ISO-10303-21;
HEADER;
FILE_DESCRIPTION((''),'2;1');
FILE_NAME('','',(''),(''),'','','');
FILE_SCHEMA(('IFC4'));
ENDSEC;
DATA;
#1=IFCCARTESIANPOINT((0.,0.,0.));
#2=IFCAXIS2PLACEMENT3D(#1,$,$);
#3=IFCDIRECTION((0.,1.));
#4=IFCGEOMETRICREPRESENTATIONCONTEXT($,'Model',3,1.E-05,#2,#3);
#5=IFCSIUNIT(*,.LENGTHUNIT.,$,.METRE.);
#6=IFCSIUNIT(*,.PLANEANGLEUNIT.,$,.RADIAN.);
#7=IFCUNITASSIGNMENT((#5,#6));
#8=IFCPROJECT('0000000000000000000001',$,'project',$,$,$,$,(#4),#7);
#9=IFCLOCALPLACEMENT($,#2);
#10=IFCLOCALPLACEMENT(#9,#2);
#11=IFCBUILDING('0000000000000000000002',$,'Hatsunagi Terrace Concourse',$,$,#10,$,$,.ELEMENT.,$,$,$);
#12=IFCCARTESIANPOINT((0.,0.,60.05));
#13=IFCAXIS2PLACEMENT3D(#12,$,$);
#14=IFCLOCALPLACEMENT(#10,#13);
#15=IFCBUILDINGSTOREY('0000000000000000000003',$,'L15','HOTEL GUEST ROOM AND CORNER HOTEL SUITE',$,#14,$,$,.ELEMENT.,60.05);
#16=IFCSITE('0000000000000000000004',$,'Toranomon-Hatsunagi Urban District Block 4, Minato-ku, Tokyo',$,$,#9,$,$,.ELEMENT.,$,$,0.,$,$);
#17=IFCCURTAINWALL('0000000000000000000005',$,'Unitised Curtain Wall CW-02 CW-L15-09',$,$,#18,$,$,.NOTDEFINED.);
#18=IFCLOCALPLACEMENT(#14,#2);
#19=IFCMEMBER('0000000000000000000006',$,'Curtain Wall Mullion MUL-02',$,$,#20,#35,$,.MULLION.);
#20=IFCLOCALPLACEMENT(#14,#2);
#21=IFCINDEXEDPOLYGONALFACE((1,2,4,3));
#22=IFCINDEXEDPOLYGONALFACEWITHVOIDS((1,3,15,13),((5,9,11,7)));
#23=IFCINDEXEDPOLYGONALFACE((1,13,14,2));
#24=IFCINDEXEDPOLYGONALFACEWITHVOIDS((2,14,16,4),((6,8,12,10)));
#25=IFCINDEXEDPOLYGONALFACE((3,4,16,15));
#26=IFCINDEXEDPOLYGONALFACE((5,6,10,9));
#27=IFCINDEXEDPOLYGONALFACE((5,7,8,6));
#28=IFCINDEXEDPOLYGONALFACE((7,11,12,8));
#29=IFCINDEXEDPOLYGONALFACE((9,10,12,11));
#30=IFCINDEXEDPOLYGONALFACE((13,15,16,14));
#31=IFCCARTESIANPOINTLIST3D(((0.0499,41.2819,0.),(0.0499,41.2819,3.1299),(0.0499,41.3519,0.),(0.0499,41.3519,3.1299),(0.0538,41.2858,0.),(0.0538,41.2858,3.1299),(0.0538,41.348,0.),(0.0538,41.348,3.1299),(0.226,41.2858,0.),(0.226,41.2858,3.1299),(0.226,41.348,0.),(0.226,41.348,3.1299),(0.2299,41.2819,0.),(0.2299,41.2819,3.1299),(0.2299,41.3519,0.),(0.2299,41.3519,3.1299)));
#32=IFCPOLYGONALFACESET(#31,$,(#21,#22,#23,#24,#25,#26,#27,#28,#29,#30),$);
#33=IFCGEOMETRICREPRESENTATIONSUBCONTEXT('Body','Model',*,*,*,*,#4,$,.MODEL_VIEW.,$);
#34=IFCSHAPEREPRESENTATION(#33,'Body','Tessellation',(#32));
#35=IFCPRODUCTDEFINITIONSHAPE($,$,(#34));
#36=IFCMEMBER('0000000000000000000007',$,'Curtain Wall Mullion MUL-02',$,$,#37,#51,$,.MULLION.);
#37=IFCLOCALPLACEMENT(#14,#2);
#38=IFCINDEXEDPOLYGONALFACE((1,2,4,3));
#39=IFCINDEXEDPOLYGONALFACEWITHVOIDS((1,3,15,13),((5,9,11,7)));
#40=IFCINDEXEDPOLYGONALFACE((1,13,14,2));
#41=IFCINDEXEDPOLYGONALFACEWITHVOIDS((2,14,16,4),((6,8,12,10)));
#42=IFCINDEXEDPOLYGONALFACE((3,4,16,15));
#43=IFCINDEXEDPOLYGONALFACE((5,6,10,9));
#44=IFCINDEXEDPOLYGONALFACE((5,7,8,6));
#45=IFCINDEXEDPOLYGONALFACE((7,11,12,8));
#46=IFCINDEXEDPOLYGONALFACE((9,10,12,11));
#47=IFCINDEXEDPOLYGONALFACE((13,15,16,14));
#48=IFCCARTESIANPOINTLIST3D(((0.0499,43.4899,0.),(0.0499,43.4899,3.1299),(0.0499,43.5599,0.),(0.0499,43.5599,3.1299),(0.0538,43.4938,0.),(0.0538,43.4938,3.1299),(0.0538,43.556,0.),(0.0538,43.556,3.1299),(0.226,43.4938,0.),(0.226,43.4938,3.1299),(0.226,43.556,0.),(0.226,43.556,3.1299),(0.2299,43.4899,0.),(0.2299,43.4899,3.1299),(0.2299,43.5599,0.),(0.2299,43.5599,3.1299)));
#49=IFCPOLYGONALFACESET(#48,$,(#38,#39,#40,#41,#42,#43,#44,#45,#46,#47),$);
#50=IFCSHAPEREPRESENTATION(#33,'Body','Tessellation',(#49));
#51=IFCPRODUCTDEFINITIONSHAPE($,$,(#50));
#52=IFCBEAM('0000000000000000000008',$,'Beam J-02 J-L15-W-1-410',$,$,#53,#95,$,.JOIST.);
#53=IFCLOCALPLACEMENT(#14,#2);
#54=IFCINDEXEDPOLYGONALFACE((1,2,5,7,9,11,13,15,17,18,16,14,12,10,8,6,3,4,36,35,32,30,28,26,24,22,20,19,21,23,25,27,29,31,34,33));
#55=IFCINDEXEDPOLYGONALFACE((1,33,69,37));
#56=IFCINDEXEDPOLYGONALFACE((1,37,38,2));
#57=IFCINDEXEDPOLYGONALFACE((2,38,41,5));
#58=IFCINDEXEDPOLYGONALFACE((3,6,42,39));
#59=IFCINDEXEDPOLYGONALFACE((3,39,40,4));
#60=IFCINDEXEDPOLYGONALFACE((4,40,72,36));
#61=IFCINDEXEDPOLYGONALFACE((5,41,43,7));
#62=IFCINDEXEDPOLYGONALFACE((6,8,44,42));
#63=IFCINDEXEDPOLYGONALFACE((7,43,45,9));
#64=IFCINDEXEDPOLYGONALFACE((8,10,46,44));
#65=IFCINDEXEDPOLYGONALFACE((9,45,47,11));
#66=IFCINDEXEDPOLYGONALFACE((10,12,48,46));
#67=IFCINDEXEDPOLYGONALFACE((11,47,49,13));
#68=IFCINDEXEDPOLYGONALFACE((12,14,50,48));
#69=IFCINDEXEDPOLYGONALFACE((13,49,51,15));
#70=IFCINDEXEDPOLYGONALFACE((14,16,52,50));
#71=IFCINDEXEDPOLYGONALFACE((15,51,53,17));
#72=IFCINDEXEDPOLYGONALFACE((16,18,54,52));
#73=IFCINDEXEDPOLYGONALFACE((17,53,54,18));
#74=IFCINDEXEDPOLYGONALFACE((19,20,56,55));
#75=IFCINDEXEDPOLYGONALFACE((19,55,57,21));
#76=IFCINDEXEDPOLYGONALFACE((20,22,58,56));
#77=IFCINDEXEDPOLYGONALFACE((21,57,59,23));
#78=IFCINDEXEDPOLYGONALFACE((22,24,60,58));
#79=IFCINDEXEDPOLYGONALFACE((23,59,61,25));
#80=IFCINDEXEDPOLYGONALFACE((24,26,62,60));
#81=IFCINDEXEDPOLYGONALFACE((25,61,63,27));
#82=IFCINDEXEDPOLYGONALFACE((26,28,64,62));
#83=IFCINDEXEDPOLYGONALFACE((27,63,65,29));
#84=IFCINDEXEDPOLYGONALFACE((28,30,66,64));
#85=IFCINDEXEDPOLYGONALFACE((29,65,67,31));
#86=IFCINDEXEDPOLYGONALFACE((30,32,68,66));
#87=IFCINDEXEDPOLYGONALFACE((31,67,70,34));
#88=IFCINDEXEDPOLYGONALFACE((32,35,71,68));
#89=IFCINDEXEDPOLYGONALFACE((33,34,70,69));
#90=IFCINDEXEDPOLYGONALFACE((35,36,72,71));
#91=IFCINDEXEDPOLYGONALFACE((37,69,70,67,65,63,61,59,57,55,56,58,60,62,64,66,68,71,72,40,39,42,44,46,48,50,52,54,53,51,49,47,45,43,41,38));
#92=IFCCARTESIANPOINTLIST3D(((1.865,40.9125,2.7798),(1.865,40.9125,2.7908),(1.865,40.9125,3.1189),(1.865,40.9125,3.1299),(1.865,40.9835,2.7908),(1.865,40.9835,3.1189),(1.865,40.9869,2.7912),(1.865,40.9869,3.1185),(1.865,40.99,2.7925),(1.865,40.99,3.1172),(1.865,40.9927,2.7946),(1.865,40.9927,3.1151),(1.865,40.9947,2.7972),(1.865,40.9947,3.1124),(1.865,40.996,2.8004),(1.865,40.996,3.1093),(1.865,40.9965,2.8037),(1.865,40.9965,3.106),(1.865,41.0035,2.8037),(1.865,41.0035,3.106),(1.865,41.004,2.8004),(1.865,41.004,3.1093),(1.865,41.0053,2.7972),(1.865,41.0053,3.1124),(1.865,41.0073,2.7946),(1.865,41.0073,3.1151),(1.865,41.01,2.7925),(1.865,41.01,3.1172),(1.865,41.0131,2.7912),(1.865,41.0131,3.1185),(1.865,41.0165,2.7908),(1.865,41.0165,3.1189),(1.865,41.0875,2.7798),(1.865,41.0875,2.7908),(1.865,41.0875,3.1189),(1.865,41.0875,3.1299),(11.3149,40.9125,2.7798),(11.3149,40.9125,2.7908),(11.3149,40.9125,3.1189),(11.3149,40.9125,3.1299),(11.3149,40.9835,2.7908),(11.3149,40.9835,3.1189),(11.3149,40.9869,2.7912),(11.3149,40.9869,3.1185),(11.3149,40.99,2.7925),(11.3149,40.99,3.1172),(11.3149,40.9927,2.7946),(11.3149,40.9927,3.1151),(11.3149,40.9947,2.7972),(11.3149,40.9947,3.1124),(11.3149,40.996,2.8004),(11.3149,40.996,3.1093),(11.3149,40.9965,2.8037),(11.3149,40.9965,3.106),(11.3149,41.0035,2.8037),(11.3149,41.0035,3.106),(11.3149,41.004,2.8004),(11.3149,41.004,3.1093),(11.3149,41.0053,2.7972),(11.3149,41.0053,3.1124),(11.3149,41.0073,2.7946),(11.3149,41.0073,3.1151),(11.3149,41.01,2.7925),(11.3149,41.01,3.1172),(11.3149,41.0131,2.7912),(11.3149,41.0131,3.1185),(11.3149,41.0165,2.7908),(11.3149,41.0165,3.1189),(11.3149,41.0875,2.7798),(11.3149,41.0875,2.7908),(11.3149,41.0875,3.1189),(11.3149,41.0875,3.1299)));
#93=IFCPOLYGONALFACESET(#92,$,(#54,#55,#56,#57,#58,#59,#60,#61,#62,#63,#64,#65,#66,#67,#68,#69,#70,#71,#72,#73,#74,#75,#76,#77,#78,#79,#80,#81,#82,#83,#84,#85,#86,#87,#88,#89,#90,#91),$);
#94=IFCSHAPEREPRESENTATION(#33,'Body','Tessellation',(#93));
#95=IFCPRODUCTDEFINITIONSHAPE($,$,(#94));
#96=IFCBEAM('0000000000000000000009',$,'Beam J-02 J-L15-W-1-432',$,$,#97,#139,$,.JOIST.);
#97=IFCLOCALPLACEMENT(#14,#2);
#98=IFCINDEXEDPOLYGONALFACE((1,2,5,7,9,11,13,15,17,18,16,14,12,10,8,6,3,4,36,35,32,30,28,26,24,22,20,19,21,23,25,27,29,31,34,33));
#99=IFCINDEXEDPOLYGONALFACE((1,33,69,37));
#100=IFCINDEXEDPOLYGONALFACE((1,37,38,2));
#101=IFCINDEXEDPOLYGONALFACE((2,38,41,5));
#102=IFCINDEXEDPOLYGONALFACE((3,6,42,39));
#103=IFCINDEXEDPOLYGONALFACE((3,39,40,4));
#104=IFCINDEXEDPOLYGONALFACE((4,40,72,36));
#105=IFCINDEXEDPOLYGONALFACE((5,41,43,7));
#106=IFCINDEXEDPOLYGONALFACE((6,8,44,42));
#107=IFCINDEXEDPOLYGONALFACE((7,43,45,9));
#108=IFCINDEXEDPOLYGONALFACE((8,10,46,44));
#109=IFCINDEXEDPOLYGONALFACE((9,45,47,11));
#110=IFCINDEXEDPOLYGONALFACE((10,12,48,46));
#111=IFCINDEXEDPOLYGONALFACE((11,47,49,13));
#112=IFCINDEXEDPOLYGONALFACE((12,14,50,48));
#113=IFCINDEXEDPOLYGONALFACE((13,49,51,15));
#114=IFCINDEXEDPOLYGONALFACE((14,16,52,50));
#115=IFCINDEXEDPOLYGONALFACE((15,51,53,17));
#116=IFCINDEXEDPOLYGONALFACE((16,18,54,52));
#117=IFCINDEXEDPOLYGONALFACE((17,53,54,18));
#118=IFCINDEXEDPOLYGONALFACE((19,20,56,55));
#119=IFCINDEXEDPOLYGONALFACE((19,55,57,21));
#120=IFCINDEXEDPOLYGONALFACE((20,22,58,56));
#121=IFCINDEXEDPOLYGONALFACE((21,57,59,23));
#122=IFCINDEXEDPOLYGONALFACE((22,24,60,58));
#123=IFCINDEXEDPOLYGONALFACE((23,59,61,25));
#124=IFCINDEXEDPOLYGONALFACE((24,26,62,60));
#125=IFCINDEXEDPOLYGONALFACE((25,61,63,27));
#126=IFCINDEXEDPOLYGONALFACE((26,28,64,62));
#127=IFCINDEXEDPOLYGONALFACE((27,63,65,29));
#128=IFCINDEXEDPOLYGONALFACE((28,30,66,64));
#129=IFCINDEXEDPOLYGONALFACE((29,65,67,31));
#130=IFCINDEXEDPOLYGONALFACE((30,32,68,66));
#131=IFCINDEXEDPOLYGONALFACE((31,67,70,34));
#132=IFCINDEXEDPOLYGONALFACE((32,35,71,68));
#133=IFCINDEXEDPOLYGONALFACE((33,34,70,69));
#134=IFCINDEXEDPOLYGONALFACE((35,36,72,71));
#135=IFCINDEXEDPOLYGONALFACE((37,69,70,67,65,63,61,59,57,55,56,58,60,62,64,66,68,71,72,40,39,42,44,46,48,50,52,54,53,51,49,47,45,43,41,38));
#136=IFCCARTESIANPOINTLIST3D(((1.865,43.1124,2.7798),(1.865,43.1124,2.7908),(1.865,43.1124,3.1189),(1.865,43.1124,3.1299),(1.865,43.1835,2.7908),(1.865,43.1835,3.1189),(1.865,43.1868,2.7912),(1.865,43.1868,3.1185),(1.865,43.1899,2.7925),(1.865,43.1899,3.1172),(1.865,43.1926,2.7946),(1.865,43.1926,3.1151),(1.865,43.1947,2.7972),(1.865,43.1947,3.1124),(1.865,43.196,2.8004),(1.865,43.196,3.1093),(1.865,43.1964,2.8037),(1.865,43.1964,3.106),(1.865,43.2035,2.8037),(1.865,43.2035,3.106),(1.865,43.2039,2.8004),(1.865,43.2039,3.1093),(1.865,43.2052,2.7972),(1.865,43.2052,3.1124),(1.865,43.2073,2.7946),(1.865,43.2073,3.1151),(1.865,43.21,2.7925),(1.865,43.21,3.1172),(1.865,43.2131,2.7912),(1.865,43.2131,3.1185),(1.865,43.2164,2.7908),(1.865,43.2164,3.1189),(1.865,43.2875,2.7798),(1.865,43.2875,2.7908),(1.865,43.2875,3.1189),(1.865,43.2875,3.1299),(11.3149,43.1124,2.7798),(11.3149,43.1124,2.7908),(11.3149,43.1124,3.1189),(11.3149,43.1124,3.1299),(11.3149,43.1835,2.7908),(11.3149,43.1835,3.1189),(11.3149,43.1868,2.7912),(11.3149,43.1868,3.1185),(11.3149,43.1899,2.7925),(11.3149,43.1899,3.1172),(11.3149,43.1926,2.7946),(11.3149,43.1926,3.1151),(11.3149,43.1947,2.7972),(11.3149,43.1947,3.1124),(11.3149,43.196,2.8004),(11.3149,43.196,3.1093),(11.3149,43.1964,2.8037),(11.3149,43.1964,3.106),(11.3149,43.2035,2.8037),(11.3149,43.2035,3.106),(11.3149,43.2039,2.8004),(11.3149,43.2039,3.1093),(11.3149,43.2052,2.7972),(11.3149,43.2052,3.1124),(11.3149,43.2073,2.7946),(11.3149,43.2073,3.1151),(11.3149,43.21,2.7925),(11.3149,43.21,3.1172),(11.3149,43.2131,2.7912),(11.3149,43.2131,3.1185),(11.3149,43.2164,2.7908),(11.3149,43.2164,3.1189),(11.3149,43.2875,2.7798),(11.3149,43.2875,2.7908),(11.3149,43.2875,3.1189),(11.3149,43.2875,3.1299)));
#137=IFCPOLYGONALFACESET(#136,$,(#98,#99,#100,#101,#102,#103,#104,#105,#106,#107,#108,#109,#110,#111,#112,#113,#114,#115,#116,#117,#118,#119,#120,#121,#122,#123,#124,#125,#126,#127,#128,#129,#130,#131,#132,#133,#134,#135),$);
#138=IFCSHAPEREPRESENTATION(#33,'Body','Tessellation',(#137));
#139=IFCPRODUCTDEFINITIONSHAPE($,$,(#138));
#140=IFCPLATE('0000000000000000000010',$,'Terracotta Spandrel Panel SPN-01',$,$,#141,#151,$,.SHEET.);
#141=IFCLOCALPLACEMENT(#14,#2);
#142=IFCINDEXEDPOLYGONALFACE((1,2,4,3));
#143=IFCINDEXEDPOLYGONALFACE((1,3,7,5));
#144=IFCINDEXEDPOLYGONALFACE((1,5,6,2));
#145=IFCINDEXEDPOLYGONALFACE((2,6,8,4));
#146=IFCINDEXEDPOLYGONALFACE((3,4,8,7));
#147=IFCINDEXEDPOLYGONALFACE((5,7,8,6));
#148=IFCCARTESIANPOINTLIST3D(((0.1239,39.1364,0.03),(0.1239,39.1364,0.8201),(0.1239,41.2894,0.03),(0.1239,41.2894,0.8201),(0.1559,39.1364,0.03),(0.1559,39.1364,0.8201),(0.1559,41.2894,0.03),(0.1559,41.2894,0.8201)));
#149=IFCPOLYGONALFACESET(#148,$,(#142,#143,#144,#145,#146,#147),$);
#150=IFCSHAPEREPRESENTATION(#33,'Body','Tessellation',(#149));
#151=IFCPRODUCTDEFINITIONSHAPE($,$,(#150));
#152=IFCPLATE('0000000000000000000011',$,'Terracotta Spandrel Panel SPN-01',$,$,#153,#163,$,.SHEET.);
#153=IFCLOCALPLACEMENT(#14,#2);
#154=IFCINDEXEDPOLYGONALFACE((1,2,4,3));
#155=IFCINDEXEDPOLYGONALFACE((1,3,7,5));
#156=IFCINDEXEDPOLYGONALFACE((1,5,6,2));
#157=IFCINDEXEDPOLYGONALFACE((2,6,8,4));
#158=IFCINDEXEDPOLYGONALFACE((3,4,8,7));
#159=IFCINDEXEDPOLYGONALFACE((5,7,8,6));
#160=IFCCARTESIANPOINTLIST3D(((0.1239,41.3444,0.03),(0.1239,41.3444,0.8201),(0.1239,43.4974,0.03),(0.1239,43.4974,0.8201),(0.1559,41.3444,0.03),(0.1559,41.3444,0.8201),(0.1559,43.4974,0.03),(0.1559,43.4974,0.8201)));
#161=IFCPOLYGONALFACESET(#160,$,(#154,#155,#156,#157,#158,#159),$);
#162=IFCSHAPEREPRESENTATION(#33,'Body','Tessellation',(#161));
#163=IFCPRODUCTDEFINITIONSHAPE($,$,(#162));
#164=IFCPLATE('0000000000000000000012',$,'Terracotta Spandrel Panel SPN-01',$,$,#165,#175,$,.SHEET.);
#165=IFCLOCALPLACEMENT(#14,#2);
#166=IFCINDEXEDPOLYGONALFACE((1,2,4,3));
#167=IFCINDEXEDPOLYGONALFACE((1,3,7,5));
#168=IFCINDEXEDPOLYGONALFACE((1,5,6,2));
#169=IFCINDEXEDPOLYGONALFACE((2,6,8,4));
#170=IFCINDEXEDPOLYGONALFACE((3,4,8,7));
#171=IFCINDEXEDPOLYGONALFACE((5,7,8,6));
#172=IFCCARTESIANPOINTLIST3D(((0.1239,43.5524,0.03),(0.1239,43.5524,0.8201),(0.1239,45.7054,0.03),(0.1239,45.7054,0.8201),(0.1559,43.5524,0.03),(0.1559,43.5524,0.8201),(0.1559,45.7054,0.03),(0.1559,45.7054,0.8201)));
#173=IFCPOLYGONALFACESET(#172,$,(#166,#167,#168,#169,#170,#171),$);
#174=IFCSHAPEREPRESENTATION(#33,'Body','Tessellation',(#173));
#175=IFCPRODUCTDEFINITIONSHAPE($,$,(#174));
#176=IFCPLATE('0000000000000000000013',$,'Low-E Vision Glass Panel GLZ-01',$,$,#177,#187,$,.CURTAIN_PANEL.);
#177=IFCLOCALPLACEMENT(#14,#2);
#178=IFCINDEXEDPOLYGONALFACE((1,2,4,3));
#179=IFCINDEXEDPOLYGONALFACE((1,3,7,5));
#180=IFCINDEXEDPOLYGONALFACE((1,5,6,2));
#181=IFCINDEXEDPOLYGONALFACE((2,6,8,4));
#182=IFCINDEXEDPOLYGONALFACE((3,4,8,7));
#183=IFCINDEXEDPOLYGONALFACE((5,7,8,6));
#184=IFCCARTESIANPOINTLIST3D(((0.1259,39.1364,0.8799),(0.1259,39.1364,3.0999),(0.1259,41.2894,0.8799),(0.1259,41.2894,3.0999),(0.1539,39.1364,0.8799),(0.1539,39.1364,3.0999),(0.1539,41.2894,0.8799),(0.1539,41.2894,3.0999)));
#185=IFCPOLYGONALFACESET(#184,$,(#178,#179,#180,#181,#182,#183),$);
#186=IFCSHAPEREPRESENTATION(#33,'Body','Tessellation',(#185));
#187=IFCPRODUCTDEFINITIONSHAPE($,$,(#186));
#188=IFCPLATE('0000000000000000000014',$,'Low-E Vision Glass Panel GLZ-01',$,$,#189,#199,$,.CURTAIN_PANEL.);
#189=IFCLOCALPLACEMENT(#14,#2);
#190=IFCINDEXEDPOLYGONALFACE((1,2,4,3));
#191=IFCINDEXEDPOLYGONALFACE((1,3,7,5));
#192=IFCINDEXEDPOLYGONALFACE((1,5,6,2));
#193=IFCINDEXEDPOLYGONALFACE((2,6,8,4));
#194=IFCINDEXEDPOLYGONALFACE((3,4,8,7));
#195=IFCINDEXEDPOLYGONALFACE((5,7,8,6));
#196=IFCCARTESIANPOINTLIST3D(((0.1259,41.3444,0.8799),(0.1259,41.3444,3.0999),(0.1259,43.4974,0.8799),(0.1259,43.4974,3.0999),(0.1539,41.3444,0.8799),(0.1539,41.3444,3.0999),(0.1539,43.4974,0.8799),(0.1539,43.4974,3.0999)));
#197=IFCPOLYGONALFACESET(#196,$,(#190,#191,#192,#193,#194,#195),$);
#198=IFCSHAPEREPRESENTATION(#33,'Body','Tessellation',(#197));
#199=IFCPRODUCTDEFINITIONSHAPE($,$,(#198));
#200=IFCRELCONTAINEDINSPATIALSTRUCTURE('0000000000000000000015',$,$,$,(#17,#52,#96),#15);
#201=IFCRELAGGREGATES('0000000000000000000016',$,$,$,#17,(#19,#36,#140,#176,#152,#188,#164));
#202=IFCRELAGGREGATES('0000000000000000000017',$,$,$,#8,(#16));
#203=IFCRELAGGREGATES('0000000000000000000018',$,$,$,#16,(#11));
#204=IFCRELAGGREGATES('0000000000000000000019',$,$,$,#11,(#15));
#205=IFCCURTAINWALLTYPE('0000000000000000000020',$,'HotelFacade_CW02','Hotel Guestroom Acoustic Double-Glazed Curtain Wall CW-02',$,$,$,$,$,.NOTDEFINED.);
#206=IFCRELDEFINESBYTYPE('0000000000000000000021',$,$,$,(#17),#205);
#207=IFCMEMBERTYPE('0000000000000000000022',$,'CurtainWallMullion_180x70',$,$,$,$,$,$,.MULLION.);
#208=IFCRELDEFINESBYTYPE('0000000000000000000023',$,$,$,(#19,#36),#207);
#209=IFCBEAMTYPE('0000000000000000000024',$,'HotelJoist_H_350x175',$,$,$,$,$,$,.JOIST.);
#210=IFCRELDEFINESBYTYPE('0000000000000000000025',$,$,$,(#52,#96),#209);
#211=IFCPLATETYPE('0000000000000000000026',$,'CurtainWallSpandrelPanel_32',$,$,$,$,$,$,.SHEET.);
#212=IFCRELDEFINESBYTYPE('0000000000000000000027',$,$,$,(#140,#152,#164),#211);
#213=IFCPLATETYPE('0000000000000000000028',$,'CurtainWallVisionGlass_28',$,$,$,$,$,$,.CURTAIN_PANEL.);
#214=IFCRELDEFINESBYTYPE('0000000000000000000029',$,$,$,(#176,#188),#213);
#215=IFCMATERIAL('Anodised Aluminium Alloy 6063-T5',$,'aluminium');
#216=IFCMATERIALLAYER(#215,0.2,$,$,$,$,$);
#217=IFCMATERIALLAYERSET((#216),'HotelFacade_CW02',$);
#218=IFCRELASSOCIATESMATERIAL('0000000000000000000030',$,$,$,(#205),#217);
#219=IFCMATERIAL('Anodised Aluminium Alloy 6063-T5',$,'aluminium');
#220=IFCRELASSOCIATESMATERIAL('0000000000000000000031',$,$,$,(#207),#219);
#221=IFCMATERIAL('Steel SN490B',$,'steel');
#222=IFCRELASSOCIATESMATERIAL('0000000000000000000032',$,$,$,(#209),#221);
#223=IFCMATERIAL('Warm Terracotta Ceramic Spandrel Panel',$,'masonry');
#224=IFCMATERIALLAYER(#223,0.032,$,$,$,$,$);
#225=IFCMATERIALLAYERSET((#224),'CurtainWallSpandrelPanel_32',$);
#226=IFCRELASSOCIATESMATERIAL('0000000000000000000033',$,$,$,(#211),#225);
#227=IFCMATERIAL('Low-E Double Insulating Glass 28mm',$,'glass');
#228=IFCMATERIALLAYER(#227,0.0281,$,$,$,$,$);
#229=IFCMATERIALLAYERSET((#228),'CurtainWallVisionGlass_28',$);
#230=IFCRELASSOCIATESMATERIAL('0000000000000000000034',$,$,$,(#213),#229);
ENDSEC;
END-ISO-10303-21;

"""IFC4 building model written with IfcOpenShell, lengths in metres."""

from ifc_helpers import new_model, si_unit, direction, frame, origin, origin_2d, place, context, subcontext, project, spatial, rectangle, hollow_rectangle, i_section, extrude, material, layer, layer_set, material_profile, profile_set, type_object, element, aggregate, save


model = new_model("IFC4")

# Units and contexts
model_context = context("Model", 3, precision=1e-05, world=origin(), true_north=direction((0.0, 1.0)))
body_context = subcontext(model_context, "Body", "Model", "MODEL_VIEW")
ifc_project = project(units=[si_unit("LENGTHUNIT", "METRE"), si_unit("PLANEANGLEUNIT", "RADIAN")], contexts=[model_context])

# Site, building, storey
site_placement = place(None, origin())
site = spatial("IfcSite", under=ifc_project, at=site_placement, Name="Toranomon-Hatsunagi Urban District Block 4, Minato-ku, Tokyo", CompositionType="ELEMENT", RefElevation=0.0)
building_placement = place(site_placement, origin())
building = spatial("IfcBuilding", under=site, at=building_placement, Name="Hatsunagi Terrace Concourse", CompositionType="ELEMENT")
storey_placement = place(building_placement, frame((0.0, 0.0, 60.05)))
storey = spatial("IfcBuildingStorey", under=building, at=storey_placement, Name="L15", Description="HOTEL GUEST ROOM AND CORNER HOTEL SUITE", CompositionType="ELEMENT", Elevation=60.05)

# Curtain wall, members
ifc_material_1 = material(Name="Anodised Aluminium Alloy 6063-T5", Category="aluminium")
ifc_layer_1 = layer(ifc_material_1, 0.2)
ifc_layer_set_1 = layer_set([ifc_layer_1], Name="HotelFacade_CW02")
curtain_wall_type = type_object("IfcCurtainWallType", Name="HotelFacade_CW02", Description="Hotel Guestroom Acoustic Double-Glazed Curtain Wall CW-02", PredefinedType="NOTDEFINED", material=ifc_layer_set_1)
curtain_wall_placement = place(storey_placement, origin())
curtain_wall = element("IfcCurtainWall", 1, at=curtain_wall_placement, inside=storey, type_object=curtain_wall_type, Name="Unitised Curtain Wall CW-02 CW-L15-09", PredefinedType="NOTDEFINED")
ifc_material_2 = material(Name="Anodised Aluminium Alloy 6063-T5", Category="aluminium")
ifc_material_profile_1 = material_profile(ifc_material_2, hollow_rectangle(XDim=0.0701, YDim=0.1799, WallThickness=0.0039, at=origin_2d()), Name="ALU-MUL-180x70x4")
ifc_profile_set_1 = profile_set([ifc_material_profile_1], Name="Anodised Aluminium Alloy 6063-T5")
member_type = type_object("IfcMemberType", Name="CurtainWallMullion_180x70", PredefinedType="MULLION", material=ifc_profile_set_1)
member_1_placement = place(storey_placement, frame((0.1399, 41.3169, 0.0), z_axis=(0.0, 0.0, 1.0), x_axis=(0.0, 1.0, 0.0)))
member_1 = element("IfcMember", 2, at=member_1_placement, type_object=member_type, Name="Curtain Wall Mullion MUL-02", PredefinedType="MULLION", context=body_context, shape_type="SweptSolid", body=[
    extrude(hollow_rectangle(XDim=0.0701, YDim=0.1799, WallThickness=0.0039, at=origin_2d()), origin(), (0.0, 0.0, 1.0), 3.1299),
])
member_2_placement = place(storey_placement, frame((0.1399, 43.5249, 0.0), z_axis=(0.0, 0.0, 1.0), x_axis=(0.0, 1.0, 0.0)))
member_2 = element("IfcMember", 3, at=member_2_placement, type_object=member_type, Name="Curtain Wall Mullion MUL-02", PredefinedType="MULLION", context=body_context, shape_type="SweptSolid", body=[
    extrude(hollow_rectangle(XDim=0.0701, YDim=0.1799, WallThickness=0.0039, at=origin_2d()), origin(), (0.0, 0.0, 1.0), 3.1299),
])

# Beams
ifc_material_3 = material(Name="Steel SN490B", Category="steel")
ifc_material_profile_2 = material_profile(ifc_material_3, i_section(OverallWidth=0.175, OverallDepth=0.3501, WebThickness=0.0071, FlangeThickness=0.011, FilletRadius=0.0129, at=origin_2d()), Name="H-350x175x7x11")
ifc_profile_set_2 = profile_set([ifc_material_profile_2], Name="Steel SN490B")
beam_type = type_object("IfcBeamType", Name="HotelJoist_H_350x175", PredefinedType="JOIST", material=ifc_profile_set_2)
for number, where, z_axis, x_axis, name in (
    (4, (1.865, 41.0, 2.9548), (1.0, 0.0, 0.0), (0.0, 1.0, 0.0), "Beam J-02 J-L15-W-1-410"),
    (5, (1.865, 43.2, 2.9548), (1.0, 0.0, 0.0), (0.0, 1.0, 0.0), "Beam J-02 J-L15-W-1-432"),
):
    element("IfcBeam", number, at=place(storey_placement, frame(where, z_axis=z_axis, x_axis=x_axis)), inside=storey, type_object=beam_type, Name=name, PredefinedType="JOIST", context=body_context, shape_type="SweptSolid", body=[
        extrude(i_section(OverallWidth=0.175, OverallDepth=0.3501, WebThickness=0.0071, FlangeThickness=0.011, FilletRadius=0.0129, at=origin_2d()), origin(), (0.0, 0.0, 1.0), 9.45),
    ])

# Plates
ifc_material_4 = material(Name="Warm Terracotta Ceramic Spandrel Panel", Category="masonry")
ifc_layer_2 = layer(ifc_material_4, 0.032)
ifc_layer_set_2 = layer_set([ifc_layer_2], Name="CurtainWallSpandrelPanel_32")
plate_type_1 = type_object("IfcPlateType", Name="CurtainWallSpandrelPanel_32", PredefinedType="SHEET", material=ifc_layer_set_2)
plate_1_placement = place(storey_placement, frame((0.1399, 40.2129, 0.03), z_axis=(0.0, 0.0, 1.0), x_axis=(0.0, 1.0, 0.0)))
plate_1 = element("IfcPlate", 6, at=plate_1_placement, type_object=plate_type_1, Name="Terracotta Spandrel Panel SPN-01", PredefinedType="SHEET", context=body_context, shape_type="SweptSolid", body=[
    extrude(rectangle(XDim=2.1531, YDim=0.032, at=origin_2d()), origin(), (0.0, 0.0, 1.0), 0.79),
])
plate_2_placement = place(storey_placement, frame((0.1399, 42.4209, 0.03), z_axis=(0.0, 0.0, 1.0), x_axis=(0.0, 1.0, 0.0)))
plate_2 = element("IfcPlate", 7, at=plate_2_placement, type_object=plate_type_1, Name="Terracotta Spandrel Panel SPN-01", PredefinedType="SHEET", context=body_context, shape_type="SweptSolid", body=[
    extrude(rectangle(XDim=2.1531, YDim=0.032, at=origin_2d()), origin(), (0.0, 0.0, 1.0), 0.79),
])
plate_3_placement = place(storey_placement, frame((0.1399, 44.6289, 0.03), z_axis=(0.0, 0.0, 1.0), x_axis=(0.0, 1.0, 0.0)))
plate_3 = element("IfcPlate", 8, at=plate_3_placement, type_object=plate_type_1, Name="Terracotta Spandrel Panel SPN-01", PredefinedType="SHEET", context=body_context, shape_type="SweptSolid", body=[
    extrude(rectangle(XDim=2.1531, YDim=0.032, at=origin_2d()), origin(), (0.0, 0.0, 1.0), 0.79),
])
ifc_material_5 = material(Name="Low-E Double Insulating Glass 28mm", Category="glass")
ifc_layer_3 = layer(ifc_material_5, 0.0281)
ifc_layer_set_3 = layer_set([ifc_layer_3], Name="CurtainWallVisionGlass_28")
plate_type_2 = type_object("IfcPlateType", Name="CurtainWallVisionGlass_28", PredefinedType="CURTAIN_PANEL", material=ifc_layer_set_3)
plate_4_placement = place(storey_placement, frame((0.1399, 40.2129, 0.8799), z_axis=(0.0, 0.0, 1.0), x_axis=(0.0, 1.0, 0.0)))
plate_4 = element("IfcPlate", 9, at=plate_4_placement, type_object=plate_type_2, Name="Low-E Vision Glass Panel GLZ-01", PredefinedType="CURTAIN_PANEL", context=body_context, shape_type="SweptSolid", body=[
    extrude(rectangle(XDim=2.1531, YDim=0.0281, at=origin_2d()), origin(), (0.0, 0.0, 1.0), 2.22),
])
plate_5_placement = place(storey_placement, frame((0.1399, 42.4209, 0.8799), z_axis=(0.0, 0.0, 1.0), x_axis=(0.0, 1.0, 0.0)))
plate_5 = element("IfcPlate", 10, at=plate_5_placement, type_object=plate_type_2, Name="Low-E Vision Glass Panel GLZ-01", PredefinedType="CURTAIN_PANEL", context=body_context, shape_type="SweptSolid", body=[
    extrude(rectangle(XDim=2.1531, YDim=0.0281, at=origin_2d()), origin(), (0.0, 0.0, 1.0), 2.22),
])
aggregate(curtain_wall, [member_1, member_2, plate_1, plate_4, plate_2, plate_5, plate_3])

save(model, "model.ifc")
